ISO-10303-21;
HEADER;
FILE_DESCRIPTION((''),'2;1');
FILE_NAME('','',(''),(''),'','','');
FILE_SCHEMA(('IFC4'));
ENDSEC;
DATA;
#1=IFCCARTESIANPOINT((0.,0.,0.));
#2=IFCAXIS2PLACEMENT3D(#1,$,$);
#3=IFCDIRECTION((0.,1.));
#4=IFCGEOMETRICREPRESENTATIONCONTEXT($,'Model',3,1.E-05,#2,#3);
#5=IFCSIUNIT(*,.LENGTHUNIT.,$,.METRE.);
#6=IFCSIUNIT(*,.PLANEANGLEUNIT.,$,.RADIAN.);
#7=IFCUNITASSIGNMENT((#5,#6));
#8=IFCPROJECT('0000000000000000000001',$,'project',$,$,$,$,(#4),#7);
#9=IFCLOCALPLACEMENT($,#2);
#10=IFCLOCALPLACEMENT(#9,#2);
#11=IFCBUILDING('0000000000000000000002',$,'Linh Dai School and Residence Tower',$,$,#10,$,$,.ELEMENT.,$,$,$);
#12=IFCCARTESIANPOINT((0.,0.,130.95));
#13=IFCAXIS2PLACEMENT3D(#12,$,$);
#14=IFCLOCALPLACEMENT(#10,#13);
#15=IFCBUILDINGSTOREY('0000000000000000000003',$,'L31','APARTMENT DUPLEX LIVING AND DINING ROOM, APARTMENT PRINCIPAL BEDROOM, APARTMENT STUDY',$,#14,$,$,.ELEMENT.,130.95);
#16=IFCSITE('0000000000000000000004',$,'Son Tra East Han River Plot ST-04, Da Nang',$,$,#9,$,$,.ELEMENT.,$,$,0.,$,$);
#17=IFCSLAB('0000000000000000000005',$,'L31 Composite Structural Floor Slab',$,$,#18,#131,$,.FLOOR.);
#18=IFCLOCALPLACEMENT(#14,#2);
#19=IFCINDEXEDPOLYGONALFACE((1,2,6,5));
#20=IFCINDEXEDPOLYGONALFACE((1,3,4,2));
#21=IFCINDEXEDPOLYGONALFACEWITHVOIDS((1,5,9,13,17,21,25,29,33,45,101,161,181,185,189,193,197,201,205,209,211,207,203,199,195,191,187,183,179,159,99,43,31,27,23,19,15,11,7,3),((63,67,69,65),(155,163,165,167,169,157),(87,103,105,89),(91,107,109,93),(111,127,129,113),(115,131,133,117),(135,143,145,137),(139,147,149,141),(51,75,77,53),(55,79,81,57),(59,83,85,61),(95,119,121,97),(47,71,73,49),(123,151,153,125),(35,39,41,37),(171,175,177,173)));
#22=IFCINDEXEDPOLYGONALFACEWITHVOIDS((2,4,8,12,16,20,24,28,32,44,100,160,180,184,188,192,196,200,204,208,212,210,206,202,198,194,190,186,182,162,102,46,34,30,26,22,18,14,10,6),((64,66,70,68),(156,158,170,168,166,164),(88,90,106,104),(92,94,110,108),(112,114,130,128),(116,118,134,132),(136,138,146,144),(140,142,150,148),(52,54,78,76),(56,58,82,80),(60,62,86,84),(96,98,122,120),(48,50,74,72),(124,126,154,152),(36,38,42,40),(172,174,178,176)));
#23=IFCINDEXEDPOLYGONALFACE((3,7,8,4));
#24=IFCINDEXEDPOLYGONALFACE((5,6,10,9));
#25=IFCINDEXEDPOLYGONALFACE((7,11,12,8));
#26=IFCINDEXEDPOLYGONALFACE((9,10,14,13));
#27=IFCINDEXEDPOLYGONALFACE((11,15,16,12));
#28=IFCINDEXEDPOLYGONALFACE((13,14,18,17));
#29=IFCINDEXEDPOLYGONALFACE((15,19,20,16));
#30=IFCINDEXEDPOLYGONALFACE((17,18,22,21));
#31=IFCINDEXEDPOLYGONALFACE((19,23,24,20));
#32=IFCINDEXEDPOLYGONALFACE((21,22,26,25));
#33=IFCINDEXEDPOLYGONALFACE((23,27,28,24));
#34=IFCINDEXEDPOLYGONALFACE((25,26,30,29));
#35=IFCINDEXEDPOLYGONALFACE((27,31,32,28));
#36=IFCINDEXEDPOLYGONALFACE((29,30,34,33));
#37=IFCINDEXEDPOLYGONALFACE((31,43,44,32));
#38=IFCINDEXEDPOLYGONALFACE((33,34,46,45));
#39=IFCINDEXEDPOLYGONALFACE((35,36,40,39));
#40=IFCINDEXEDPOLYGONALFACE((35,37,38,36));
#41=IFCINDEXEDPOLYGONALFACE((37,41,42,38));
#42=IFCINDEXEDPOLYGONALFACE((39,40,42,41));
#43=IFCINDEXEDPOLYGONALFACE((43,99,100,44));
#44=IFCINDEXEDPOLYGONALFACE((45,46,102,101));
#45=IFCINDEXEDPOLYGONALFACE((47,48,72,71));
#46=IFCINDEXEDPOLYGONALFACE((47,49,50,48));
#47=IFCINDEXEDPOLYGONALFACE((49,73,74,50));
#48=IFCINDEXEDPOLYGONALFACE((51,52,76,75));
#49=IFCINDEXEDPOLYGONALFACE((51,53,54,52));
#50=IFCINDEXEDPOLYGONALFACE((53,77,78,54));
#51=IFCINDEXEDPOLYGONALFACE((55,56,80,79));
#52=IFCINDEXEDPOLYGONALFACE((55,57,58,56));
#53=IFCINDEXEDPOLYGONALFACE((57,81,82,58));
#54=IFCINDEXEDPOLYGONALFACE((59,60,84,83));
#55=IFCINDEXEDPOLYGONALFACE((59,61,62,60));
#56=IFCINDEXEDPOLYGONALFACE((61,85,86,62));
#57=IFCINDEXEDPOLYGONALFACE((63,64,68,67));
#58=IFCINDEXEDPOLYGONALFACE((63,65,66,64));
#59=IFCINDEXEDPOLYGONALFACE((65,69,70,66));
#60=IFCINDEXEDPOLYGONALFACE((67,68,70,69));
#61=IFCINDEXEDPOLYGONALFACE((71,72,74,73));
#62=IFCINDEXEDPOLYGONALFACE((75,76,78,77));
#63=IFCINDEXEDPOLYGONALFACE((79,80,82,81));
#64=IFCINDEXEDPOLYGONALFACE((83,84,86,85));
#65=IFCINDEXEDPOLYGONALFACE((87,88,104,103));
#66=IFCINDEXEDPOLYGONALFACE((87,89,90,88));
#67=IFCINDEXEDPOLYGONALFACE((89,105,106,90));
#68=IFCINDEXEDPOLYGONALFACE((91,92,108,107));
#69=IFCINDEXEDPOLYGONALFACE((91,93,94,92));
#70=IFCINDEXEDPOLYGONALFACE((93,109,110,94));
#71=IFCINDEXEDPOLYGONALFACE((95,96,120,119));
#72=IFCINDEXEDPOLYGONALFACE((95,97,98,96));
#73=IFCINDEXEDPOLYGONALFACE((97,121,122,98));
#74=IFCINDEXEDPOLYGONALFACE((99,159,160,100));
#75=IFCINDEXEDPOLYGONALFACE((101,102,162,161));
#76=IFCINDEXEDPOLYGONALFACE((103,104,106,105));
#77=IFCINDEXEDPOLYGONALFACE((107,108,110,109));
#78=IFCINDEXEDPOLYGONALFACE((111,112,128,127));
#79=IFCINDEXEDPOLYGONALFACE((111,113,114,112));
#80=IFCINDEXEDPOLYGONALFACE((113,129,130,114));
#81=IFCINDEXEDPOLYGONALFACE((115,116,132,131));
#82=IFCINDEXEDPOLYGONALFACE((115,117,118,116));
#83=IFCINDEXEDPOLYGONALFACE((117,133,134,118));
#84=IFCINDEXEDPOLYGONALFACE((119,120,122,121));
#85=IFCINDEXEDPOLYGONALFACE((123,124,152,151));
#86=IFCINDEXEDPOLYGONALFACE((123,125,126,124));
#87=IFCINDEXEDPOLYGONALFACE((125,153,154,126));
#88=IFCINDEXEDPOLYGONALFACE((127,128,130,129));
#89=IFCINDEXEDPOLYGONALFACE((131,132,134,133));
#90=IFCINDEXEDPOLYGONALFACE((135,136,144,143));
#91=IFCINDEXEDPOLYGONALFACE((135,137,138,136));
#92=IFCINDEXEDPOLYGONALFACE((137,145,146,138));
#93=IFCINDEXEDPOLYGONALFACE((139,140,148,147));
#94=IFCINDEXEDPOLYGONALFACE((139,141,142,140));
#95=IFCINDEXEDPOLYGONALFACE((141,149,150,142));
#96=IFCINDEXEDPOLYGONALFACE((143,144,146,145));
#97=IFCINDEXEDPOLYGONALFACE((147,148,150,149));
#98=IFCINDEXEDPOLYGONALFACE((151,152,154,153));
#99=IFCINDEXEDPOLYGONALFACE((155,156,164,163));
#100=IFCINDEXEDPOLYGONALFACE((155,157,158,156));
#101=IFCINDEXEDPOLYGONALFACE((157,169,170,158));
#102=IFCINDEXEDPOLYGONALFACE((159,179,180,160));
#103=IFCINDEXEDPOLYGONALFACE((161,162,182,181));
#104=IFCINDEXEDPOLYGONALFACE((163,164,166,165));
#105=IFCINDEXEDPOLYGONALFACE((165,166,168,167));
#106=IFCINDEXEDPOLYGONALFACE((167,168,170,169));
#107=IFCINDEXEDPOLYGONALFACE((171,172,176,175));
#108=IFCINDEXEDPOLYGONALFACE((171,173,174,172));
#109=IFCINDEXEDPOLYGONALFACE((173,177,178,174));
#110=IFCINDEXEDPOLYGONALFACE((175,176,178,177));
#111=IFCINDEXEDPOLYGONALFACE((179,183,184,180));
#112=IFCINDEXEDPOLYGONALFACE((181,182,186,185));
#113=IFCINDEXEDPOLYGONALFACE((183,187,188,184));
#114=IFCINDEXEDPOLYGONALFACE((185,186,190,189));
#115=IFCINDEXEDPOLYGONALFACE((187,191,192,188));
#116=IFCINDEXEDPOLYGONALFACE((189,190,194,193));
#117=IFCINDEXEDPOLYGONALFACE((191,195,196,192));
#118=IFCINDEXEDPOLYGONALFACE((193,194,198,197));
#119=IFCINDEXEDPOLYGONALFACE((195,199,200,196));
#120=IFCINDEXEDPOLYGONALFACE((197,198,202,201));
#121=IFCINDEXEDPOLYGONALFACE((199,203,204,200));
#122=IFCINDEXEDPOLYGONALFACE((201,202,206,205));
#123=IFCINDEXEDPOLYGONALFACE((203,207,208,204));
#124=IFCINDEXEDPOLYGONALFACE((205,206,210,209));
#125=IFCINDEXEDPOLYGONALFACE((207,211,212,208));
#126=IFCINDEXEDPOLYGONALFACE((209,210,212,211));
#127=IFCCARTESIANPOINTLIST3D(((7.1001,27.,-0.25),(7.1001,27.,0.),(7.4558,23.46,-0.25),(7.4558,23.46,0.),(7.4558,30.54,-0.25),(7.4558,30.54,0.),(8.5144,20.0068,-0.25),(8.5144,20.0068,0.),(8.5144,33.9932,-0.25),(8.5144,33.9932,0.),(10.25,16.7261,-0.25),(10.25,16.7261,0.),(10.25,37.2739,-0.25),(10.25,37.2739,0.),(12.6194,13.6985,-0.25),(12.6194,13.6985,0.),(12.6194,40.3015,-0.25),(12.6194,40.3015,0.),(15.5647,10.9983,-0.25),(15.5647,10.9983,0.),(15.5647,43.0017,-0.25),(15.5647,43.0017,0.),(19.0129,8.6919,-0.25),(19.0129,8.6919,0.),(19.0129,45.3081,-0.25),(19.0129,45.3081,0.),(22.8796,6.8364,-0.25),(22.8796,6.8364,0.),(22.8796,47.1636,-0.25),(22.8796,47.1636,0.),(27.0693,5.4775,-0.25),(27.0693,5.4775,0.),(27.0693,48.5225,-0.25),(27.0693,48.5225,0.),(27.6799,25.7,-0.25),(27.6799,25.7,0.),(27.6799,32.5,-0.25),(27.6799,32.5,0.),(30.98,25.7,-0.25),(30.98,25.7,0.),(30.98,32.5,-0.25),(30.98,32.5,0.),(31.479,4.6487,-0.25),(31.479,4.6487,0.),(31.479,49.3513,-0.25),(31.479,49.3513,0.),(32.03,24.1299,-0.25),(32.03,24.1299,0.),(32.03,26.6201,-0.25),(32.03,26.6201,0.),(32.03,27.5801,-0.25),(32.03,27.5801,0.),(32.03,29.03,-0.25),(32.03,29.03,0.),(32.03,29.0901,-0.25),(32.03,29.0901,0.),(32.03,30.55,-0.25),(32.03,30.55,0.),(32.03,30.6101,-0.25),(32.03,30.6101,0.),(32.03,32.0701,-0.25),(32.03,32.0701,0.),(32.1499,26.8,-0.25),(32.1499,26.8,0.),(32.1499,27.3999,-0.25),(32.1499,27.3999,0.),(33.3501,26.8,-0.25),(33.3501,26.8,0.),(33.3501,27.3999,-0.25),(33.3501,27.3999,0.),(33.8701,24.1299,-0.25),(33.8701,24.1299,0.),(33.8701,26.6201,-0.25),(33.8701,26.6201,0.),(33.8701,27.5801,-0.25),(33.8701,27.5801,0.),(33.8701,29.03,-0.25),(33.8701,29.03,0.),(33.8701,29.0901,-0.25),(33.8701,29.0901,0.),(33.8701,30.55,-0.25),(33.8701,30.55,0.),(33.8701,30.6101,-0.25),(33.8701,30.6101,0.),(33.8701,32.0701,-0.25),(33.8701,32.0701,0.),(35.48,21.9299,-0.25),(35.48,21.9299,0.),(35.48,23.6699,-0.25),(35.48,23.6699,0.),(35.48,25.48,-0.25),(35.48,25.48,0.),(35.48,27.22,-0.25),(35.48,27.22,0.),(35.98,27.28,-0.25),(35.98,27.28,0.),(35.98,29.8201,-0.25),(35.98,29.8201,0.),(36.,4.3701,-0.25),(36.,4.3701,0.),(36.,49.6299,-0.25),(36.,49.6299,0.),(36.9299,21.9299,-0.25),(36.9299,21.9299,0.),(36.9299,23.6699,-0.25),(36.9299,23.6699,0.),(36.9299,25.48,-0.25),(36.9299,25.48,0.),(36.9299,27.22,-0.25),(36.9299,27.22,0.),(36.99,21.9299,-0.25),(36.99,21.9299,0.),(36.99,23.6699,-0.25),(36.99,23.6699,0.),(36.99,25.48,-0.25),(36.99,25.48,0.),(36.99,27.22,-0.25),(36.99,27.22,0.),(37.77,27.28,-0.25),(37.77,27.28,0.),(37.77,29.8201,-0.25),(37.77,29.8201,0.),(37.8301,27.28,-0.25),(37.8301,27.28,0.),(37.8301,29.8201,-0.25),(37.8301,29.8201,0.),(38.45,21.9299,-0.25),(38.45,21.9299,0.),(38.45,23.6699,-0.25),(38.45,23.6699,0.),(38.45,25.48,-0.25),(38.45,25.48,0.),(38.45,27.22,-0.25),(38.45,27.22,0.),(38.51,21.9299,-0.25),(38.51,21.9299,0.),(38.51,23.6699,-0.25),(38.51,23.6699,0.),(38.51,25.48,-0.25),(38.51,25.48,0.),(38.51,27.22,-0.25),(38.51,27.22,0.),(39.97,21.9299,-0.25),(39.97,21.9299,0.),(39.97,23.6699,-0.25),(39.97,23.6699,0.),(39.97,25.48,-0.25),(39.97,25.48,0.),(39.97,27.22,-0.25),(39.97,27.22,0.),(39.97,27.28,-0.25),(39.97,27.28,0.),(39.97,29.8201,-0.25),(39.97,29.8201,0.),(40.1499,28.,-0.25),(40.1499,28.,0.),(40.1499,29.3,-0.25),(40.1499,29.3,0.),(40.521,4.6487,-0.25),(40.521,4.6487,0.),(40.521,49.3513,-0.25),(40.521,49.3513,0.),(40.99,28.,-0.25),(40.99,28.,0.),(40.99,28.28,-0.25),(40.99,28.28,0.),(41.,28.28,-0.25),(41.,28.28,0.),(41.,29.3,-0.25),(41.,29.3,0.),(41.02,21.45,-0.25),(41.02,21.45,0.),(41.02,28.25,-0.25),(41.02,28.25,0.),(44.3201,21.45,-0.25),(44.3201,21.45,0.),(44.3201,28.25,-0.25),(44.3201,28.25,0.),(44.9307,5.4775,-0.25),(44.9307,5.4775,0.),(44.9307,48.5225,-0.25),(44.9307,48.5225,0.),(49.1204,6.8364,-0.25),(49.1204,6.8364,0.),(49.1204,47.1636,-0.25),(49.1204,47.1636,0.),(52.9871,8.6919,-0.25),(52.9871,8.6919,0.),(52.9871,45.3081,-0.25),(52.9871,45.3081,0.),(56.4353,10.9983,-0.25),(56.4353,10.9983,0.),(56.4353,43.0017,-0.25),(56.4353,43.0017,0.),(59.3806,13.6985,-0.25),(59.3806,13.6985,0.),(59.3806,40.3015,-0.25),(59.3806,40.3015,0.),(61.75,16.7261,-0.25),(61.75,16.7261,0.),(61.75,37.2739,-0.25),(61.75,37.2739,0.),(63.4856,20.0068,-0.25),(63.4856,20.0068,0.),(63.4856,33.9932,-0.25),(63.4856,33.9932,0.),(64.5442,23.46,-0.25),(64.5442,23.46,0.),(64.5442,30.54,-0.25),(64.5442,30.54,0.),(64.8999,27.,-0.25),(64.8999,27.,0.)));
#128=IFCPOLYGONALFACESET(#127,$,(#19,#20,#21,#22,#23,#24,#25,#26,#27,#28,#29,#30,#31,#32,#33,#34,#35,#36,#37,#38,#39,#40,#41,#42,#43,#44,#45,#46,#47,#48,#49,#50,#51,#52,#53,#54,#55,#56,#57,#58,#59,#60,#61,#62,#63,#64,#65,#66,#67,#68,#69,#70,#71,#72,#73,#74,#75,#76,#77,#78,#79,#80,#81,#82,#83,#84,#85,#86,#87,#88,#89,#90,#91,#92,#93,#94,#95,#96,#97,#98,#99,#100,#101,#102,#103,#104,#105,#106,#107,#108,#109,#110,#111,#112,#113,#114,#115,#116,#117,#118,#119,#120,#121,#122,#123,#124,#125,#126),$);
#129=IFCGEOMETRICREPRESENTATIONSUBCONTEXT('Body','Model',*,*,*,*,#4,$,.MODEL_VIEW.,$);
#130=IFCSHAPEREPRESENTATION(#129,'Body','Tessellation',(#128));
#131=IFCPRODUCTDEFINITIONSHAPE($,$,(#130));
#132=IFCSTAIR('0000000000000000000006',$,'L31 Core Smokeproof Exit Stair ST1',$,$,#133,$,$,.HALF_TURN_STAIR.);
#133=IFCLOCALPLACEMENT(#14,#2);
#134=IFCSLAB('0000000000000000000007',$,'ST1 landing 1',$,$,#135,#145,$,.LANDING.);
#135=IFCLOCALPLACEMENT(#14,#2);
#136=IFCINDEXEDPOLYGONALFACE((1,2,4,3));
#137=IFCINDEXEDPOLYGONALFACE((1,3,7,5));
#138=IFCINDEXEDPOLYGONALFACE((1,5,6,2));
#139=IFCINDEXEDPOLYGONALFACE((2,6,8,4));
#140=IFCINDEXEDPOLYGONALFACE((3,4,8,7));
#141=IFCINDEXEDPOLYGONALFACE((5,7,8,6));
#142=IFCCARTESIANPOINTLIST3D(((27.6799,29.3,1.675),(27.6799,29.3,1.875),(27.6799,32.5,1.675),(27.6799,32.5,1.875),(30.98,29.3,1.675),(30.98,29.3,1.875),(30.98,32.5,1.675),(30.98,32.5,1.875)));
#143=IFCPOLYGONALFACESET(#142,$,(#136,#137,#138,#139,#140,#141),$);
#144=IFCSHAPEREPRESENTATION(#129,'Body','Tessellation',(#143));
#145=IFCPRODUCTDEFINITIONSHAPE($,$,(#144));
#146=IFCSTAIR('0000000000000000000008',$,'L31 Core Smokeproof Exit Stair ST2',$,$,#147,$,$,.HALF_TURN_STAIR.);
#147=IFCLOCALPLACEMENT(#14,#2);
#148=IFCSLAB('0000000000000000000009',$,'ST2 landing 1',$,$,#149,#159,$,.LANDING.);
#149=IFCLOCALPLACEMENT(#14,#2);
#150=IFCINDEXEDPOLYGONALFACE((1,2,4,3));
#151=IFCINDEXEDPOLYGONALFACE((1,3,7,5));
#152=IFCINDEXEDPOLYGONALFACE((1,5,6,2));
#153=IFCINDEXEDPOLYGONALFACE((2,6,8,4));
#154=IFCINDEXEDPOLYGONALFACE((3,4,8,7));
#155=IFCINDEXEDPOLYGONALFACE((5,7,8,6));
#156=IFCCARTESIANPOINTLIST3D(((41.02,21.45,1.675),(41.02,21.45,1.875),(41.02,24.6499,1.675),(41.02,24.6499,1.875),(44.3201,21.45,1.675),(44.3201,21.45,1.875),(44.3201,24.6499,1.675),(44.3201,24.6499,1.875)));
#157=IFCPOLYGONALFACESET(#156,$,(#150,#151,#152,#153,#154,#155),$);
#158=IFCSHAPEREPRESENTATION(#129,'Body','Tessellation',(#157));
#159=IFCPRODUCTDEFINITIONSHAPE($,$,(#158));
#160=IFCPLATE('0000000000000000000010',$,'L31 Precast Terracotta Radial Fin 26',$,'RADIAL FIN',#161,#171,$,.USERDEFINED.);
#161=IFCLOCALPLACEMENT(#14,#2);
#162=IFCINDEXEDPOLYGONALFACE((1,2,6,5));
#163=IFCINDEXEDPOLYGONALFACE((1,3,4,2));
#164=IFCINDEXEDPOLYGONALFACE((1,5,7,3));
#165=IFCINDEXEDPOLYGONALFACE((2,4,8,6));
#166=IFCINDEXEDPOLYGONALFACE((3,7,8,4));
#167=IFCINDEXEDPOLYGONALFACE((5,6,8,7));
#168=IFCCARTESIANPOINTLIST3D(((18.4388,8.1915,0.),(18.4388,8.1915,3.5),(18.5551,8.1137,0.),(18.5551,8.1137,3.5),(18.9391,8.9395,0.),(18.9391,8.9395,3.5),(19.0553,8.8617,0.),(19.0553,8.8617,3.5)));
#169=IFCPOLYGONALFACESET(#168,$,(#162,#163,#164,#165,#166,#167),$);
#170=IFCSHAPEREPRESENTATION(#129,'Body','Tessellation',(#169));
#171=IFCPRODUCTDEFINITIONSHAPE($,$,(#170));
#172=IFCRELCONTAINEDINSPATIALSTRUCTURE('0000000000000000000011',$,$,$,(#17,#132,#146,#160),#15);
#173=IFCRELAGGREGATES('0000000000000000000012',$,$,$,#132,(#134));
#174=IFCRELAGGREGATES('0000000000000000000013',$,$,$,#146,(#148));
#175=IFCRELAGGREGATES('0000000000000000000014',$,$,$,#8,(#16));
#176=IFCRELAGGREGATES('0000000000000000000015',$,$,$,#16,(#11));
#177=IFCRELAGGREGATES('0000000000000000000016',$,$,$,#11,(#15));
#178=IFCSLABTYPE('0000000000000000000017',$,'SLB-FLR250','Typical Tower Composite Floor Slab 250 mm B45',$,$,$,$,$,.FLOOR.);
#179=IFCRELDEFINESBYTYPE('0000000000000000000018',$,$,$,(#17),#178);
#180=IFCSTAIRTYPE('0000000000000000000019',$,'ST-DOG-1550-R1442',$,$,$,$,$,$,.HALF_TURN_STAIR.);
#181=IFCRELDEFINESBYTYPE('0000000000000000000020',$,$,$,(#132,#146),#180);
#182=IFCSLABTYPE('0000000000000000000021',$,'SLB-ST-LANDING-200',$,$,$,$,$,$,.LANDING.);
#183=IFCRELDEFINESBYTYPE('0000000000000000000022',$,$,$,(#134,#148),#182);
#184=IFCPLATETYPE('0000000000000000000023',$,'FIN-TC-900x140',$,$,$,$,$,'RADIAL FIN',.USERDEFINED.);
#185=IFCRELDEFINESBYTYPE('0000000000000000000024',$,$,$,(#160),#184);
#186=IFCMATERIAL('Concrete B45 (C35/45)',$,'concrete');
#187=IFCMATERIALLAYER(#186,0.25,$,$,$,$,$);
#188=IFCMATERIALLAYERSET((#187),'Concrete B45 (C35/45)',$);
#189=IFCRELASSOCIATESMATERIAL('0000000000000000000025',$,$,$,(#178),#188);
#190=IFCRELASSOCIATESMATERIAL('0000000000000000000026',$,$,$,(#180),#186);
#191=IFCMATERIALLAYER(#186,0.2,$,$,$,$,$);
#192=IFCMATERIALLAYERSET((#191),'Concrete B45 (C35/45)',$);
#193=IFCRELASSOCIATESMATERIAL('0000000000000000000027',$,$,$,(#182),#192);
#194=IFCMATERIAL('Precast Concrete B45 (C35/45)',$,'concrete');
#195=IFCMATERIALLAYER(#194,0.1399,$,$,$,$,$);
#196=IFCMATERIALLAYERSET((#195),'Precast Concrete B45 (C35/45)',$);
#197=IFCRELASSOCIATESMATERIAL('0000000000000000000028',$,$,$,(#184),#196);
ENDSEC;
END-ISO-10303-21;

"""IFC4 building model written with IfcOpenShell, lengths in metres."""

from ifc_helpers import new_model, si_unit, direction, frame, origin, origin_2d, place, context, subcontext, project, spatial, polyline, rectangle, outline, extrude, source, transform, mapped, material, layer, layer_set, type_object, element, aggregate, save


model = new_model("IFC4")

# Units and contexts
model_context = context("Model", 3, precision=1e-05, world=origin(), true_north=direction((0.0, 1.0)))
body_context = subcontext(model_context, "Body", "Model", "MODEL_VIEW")
ifc_project = project(units=[si_unit("LENGTHUNIT", "METRE"), si_unit("PLANEANGLEUNIT", "RADIAN")], contexts=[model_context])

# Site, building, storey
site_placement = place(None, origin())
site = spatial("IfcSite", under=ifc_project, at=site_placement, Name="Son Tra East Han River Plot ST-04, Da Nang", CompositionType="ELEMENT", RefElevation=0.0)
building_placement = place(site_placement, origin())
building = spatial("IfcBuilding", under=site, at=building_placement, Name="Linh Dai School and Residence Tower", CompositionType="ELEMENT")
storey_placement = place(building_placement, frame((0.0, 0.0, 130.95)))
storey = spatial("IfcBuildingStorey", under=building, at=storey_placement, Name="L31", Description="APARTMENT DUPLEX LIVING AND DINING ROOM, APARTMENT PRINCIPAL BEDROOM, APARTMENT STUDY", CompositionType="ELEMENT", Elevation=130.95)

# Slab
ifc_material_1 = material(Name="Concrete B45 (C35/45)", Category="concrete")
ifc_layer_1 = layer(ifc_material_1, 0.25)
ifc_layer_set_1 = layer_set([ifc_layer_1], Name="Concrete B45 (C35/45)")
slab_type_1 = type_object("IfcSlabType", Name="SLB-FLR250", Description="Typical Tower Composite Floor Slab 250 mm B45", PredefinedType="FLOOR", material=ifc_layer_set_1)
slab_1_placement = place(storey_placement, frame((0.0, 0.0, -0.25)))
element("IfcSlab", 1, at=slab_1_placement, inside=storey, type_object=slab_type_1, Name="L31 Composite Structural Floor Slab", PredefinedType="FLOOR", context=body_context, shape_type="SweptSolid", body=[
    extrude(outline(polyline([(64.8999, 27.0), (64.5442, 30.54), (63.4856, 33.9932), (61.75, 37.2739), (59.3806, 40.3015), (56.4353, 43.0017), (52.9871, 45.3081), (49.1204, 47.1636), (44.9307, 48.5225), (40.521, 49.3513), (36.0, 49.6299), (31.479, 49.3513), (27.0693, 48.5225), (22.8796, 47.1636), (19.0129, 45.3081), (15.5647, 43.0017), (12.6194, 40.3015), (10.25, 37.2739), (8.5144, 33.9932), (7.4558, 30.54), (7.1001, 27.0), (7.4558, 23.46), (8.5144, 20.0068), (10.25, 16.7261), (12.6194, 13.6985), (15.5647, 10.9983), (19.0129, 8.6919), (22.8796, 6.8364), (27.0693, 5.4775), (31.479, 4.6487), (36.0, 4.3701), (40.521, 4.6487), (44.9307, 5.4775), (49.1204, 6.8364), (52.9871, 8.6919), (56.4353, 10.9983), (59.3806, 13.6985), (61.75, 16.7261), (63.4856, 20.0068), (64.5442, 23.46), (64.8999, 27.0)]), holes=[polyline([(30.98, 25.7), (30.98, 32.5), (27.6799, 32.5), (27.6799, 25.7), (30.98, 25.7)]), polyline([(41.02, 28.25), (41.02, 21.45), (44.3201, 21.45), (44.3201, 28.25), (41.02, 28.25)]), polyline([(35.98, 27.28), (37.77, 27.28), (37.77, 29.8201), (35.98, 29.8201), (35.98, 27.28)]), polyline([(32.03, 24.1299), (33.8701, 24.1299), (33.8701, 26.6201), (32.03, 26.6201), (32.03, 24.1299)]), polyline([(37.8301, 27.28), (39.97, 27.28), (39.97, 29.8201), (37.8301, 29.8201), (37.8301, 27.28)]), polyline([(35.48, 21.9299), (36.9299, 21.9299), (36.9299, 23.6699), (35.48, 23.6699), (35.48, 21.9299)]), polyline([(36.99, 21.9299), (38.45, 21.9299), (38.45, 23.6699), (36.99, 23.6699), (36.99, 21.9299)]), polyline([(38.51, 21.9299), (39.97, 21.9299), (39.97, 23.6699), (38.51, 23.6699), (38.51, 21.9299)]), polyline([(32.03, 27.5801), (33.8701, 27.5801), (33.8701, 29.03), (32.03, 29.03), (32.03, 27.5801)]), polyline([(32.03, 29.0901), (33.8701, 29.0901), (33.8701, 30.55), (32.03, 30.55), (32.03, 29.0901)]), polyline([(32.03, 30.6101), (33.8701, 30.6101), (33.8701, 32.0701), (32.03, 32.0701), (32.03, 30.6101)]), polyline([(35.48, 25.48), (36.9299, 25.48), (36.9299, 27.22), (35.48, 27.22), (35.48, 25.48)]), polyline([(36.99, 25.48), (38.45, 25.48), (38.45, 27.22), (36.99, 27.22), (36.99, 25.48)]), polyline([(38.51, 25.48), (39.97, 25.48), (39.97, 27.22), (38.51, 27.22), (38.51, 25.48)]), polyline([(40.1499, 28.0), (40.1499, 29.3), (41.0, 29.3), (41.0, 28.28), (40.99, 28.28), (40.99, 28.0), (40.1499, 28.0)]), polyline([(32.1499, 26.8), (33.3501, 26.8), (33.3501, 27.3999), (32.1499, 27.3999), (32.1499, 26.8)])]), origin(), (0.0, 0.0, 1.0), 0.25),
])

# Stairs, slabs
stair_type = type_object("IfcStairType", Name="ST-DOG-1550-R1442", PredefinedType="HALF_TURN_STAIR", material=ifc_material_1)
stair_1_placement = place(storey_placement, origin())
stair_1 = element("IfcStair", 2, at=stair_1_placement, inside=storey, type_object=stair_type, Name="L31 Core Smokeproof Exit Stair ST1", PredefinedType="HALF_TURN_STAIR")
ifc_layer_2 = layer(ifc_material_1, 0.2)
ifc_layer_set_2 = layer_set([ifc_layer_2], Name="Concrete B45 (C35/45)")
slab_type_2 = type_object("IfcSlabType", Name="SLB-ST-LANDING-200", PredefinedType="LANDING", material=ifc_layer_set_2)
slab_2_placement = place(storey_placement, frame((0.0, 0.0, 1.675)))
slab_2 = element("IfcSlab", 3, at=slab_2_placement, type_object=slab_type_2, Name="ST1 landing 1", PredefinedType="LANDING", context=body_context, shape_type="SweptSolid", body=[
    extrude(outline(polyline([(30.98, 29.3), (30.98, 32.5), (27.6799, 32.5), (27.6799, 29.3), (30.98, 29.3)])), origin(), (0.0, 0.0, 1.0), 0.2),
])
aggregate(stair_1, [slab_2])
stair_2_placement = place(storey_placement, origin())
stair_2 = element("IfcStair", 4, at=stair_2_placement, inside=storey, type_object=stair_type, Name="L31 Core Smokeproof Exit Stair ST2", PredefinedType="HALF_TURN_STAIR")
slab_3_placement = place(storey_placement, frame((0.0, 0.0, 1.675)))
slab_3 = element("IfcSlab", 5, at=slab_3_placement, type_object=slab_type_2, Name="ST2 landing 1", PredefinedType="LANDING", context=body_context, shape_type="SweptSolid", body=[
    extrude(outline(polyline([(41.02, 24.6499), (41.02, 21.45), (44.3201, 21.45), (44.3201, 24.6499), (41.02, 24.6499)])), origin(), (0.0, 0.0, 1.0), 0.2),
])
aggregate(stair_2, [slab_3])

# Plate
ifc_material_2 = material(Name="Precast Concrete B45 (C35/45)", Category="concrete")
ifc_layer_3 = layer(ifc_material_2, 0.1399)
ifc_layer_set_3 = layer_set([ifc_layer_3], Name="Precast Concrete B45 (C35/45)")
plate_type = type_object("IfcPlateType", Name="FIN-TC-900x140", ElementType="RADIAL FIN", PredefinedType="USERDEFINED", material=ifc_layer_set_3)
shared_shape_1 = source(origin(), body_context, "Body", "SweptSolid", [
    extrude(rectangle(XDim=0.8999, YDim=0.1399, at=origin_2d()), origin(), (0.0, 0.0, 1.0), 3.5),
])
plate_placement = place(storey_placement, frame((18.7471, 8.5266, 0.0), z_axis=(0.0, 0.0, 1.0), x_axis=(-0.555913, -0.83124, 0.0)))
element("IfcPlate", 6, at=plate_placement, inside=storey, type_object=plate_type, Name="L31 Precast Terracotta Radial Fin 26", ObjectType="RADIAL FIN", PredefinedType="USERDEFINED", context=body_context, shape_type="MappedRepresentation", body=[
    mapped(shared_shape_1, transform((0.0, 0.0, 0.0), x_axis=(1.0, 0.0, 0.0), y_axis=(0.0, 1.0, 0.0), z_axis=(0.0, 0.0, 1.0), scale=1.0)),
])

save(model, "model.ifc")
